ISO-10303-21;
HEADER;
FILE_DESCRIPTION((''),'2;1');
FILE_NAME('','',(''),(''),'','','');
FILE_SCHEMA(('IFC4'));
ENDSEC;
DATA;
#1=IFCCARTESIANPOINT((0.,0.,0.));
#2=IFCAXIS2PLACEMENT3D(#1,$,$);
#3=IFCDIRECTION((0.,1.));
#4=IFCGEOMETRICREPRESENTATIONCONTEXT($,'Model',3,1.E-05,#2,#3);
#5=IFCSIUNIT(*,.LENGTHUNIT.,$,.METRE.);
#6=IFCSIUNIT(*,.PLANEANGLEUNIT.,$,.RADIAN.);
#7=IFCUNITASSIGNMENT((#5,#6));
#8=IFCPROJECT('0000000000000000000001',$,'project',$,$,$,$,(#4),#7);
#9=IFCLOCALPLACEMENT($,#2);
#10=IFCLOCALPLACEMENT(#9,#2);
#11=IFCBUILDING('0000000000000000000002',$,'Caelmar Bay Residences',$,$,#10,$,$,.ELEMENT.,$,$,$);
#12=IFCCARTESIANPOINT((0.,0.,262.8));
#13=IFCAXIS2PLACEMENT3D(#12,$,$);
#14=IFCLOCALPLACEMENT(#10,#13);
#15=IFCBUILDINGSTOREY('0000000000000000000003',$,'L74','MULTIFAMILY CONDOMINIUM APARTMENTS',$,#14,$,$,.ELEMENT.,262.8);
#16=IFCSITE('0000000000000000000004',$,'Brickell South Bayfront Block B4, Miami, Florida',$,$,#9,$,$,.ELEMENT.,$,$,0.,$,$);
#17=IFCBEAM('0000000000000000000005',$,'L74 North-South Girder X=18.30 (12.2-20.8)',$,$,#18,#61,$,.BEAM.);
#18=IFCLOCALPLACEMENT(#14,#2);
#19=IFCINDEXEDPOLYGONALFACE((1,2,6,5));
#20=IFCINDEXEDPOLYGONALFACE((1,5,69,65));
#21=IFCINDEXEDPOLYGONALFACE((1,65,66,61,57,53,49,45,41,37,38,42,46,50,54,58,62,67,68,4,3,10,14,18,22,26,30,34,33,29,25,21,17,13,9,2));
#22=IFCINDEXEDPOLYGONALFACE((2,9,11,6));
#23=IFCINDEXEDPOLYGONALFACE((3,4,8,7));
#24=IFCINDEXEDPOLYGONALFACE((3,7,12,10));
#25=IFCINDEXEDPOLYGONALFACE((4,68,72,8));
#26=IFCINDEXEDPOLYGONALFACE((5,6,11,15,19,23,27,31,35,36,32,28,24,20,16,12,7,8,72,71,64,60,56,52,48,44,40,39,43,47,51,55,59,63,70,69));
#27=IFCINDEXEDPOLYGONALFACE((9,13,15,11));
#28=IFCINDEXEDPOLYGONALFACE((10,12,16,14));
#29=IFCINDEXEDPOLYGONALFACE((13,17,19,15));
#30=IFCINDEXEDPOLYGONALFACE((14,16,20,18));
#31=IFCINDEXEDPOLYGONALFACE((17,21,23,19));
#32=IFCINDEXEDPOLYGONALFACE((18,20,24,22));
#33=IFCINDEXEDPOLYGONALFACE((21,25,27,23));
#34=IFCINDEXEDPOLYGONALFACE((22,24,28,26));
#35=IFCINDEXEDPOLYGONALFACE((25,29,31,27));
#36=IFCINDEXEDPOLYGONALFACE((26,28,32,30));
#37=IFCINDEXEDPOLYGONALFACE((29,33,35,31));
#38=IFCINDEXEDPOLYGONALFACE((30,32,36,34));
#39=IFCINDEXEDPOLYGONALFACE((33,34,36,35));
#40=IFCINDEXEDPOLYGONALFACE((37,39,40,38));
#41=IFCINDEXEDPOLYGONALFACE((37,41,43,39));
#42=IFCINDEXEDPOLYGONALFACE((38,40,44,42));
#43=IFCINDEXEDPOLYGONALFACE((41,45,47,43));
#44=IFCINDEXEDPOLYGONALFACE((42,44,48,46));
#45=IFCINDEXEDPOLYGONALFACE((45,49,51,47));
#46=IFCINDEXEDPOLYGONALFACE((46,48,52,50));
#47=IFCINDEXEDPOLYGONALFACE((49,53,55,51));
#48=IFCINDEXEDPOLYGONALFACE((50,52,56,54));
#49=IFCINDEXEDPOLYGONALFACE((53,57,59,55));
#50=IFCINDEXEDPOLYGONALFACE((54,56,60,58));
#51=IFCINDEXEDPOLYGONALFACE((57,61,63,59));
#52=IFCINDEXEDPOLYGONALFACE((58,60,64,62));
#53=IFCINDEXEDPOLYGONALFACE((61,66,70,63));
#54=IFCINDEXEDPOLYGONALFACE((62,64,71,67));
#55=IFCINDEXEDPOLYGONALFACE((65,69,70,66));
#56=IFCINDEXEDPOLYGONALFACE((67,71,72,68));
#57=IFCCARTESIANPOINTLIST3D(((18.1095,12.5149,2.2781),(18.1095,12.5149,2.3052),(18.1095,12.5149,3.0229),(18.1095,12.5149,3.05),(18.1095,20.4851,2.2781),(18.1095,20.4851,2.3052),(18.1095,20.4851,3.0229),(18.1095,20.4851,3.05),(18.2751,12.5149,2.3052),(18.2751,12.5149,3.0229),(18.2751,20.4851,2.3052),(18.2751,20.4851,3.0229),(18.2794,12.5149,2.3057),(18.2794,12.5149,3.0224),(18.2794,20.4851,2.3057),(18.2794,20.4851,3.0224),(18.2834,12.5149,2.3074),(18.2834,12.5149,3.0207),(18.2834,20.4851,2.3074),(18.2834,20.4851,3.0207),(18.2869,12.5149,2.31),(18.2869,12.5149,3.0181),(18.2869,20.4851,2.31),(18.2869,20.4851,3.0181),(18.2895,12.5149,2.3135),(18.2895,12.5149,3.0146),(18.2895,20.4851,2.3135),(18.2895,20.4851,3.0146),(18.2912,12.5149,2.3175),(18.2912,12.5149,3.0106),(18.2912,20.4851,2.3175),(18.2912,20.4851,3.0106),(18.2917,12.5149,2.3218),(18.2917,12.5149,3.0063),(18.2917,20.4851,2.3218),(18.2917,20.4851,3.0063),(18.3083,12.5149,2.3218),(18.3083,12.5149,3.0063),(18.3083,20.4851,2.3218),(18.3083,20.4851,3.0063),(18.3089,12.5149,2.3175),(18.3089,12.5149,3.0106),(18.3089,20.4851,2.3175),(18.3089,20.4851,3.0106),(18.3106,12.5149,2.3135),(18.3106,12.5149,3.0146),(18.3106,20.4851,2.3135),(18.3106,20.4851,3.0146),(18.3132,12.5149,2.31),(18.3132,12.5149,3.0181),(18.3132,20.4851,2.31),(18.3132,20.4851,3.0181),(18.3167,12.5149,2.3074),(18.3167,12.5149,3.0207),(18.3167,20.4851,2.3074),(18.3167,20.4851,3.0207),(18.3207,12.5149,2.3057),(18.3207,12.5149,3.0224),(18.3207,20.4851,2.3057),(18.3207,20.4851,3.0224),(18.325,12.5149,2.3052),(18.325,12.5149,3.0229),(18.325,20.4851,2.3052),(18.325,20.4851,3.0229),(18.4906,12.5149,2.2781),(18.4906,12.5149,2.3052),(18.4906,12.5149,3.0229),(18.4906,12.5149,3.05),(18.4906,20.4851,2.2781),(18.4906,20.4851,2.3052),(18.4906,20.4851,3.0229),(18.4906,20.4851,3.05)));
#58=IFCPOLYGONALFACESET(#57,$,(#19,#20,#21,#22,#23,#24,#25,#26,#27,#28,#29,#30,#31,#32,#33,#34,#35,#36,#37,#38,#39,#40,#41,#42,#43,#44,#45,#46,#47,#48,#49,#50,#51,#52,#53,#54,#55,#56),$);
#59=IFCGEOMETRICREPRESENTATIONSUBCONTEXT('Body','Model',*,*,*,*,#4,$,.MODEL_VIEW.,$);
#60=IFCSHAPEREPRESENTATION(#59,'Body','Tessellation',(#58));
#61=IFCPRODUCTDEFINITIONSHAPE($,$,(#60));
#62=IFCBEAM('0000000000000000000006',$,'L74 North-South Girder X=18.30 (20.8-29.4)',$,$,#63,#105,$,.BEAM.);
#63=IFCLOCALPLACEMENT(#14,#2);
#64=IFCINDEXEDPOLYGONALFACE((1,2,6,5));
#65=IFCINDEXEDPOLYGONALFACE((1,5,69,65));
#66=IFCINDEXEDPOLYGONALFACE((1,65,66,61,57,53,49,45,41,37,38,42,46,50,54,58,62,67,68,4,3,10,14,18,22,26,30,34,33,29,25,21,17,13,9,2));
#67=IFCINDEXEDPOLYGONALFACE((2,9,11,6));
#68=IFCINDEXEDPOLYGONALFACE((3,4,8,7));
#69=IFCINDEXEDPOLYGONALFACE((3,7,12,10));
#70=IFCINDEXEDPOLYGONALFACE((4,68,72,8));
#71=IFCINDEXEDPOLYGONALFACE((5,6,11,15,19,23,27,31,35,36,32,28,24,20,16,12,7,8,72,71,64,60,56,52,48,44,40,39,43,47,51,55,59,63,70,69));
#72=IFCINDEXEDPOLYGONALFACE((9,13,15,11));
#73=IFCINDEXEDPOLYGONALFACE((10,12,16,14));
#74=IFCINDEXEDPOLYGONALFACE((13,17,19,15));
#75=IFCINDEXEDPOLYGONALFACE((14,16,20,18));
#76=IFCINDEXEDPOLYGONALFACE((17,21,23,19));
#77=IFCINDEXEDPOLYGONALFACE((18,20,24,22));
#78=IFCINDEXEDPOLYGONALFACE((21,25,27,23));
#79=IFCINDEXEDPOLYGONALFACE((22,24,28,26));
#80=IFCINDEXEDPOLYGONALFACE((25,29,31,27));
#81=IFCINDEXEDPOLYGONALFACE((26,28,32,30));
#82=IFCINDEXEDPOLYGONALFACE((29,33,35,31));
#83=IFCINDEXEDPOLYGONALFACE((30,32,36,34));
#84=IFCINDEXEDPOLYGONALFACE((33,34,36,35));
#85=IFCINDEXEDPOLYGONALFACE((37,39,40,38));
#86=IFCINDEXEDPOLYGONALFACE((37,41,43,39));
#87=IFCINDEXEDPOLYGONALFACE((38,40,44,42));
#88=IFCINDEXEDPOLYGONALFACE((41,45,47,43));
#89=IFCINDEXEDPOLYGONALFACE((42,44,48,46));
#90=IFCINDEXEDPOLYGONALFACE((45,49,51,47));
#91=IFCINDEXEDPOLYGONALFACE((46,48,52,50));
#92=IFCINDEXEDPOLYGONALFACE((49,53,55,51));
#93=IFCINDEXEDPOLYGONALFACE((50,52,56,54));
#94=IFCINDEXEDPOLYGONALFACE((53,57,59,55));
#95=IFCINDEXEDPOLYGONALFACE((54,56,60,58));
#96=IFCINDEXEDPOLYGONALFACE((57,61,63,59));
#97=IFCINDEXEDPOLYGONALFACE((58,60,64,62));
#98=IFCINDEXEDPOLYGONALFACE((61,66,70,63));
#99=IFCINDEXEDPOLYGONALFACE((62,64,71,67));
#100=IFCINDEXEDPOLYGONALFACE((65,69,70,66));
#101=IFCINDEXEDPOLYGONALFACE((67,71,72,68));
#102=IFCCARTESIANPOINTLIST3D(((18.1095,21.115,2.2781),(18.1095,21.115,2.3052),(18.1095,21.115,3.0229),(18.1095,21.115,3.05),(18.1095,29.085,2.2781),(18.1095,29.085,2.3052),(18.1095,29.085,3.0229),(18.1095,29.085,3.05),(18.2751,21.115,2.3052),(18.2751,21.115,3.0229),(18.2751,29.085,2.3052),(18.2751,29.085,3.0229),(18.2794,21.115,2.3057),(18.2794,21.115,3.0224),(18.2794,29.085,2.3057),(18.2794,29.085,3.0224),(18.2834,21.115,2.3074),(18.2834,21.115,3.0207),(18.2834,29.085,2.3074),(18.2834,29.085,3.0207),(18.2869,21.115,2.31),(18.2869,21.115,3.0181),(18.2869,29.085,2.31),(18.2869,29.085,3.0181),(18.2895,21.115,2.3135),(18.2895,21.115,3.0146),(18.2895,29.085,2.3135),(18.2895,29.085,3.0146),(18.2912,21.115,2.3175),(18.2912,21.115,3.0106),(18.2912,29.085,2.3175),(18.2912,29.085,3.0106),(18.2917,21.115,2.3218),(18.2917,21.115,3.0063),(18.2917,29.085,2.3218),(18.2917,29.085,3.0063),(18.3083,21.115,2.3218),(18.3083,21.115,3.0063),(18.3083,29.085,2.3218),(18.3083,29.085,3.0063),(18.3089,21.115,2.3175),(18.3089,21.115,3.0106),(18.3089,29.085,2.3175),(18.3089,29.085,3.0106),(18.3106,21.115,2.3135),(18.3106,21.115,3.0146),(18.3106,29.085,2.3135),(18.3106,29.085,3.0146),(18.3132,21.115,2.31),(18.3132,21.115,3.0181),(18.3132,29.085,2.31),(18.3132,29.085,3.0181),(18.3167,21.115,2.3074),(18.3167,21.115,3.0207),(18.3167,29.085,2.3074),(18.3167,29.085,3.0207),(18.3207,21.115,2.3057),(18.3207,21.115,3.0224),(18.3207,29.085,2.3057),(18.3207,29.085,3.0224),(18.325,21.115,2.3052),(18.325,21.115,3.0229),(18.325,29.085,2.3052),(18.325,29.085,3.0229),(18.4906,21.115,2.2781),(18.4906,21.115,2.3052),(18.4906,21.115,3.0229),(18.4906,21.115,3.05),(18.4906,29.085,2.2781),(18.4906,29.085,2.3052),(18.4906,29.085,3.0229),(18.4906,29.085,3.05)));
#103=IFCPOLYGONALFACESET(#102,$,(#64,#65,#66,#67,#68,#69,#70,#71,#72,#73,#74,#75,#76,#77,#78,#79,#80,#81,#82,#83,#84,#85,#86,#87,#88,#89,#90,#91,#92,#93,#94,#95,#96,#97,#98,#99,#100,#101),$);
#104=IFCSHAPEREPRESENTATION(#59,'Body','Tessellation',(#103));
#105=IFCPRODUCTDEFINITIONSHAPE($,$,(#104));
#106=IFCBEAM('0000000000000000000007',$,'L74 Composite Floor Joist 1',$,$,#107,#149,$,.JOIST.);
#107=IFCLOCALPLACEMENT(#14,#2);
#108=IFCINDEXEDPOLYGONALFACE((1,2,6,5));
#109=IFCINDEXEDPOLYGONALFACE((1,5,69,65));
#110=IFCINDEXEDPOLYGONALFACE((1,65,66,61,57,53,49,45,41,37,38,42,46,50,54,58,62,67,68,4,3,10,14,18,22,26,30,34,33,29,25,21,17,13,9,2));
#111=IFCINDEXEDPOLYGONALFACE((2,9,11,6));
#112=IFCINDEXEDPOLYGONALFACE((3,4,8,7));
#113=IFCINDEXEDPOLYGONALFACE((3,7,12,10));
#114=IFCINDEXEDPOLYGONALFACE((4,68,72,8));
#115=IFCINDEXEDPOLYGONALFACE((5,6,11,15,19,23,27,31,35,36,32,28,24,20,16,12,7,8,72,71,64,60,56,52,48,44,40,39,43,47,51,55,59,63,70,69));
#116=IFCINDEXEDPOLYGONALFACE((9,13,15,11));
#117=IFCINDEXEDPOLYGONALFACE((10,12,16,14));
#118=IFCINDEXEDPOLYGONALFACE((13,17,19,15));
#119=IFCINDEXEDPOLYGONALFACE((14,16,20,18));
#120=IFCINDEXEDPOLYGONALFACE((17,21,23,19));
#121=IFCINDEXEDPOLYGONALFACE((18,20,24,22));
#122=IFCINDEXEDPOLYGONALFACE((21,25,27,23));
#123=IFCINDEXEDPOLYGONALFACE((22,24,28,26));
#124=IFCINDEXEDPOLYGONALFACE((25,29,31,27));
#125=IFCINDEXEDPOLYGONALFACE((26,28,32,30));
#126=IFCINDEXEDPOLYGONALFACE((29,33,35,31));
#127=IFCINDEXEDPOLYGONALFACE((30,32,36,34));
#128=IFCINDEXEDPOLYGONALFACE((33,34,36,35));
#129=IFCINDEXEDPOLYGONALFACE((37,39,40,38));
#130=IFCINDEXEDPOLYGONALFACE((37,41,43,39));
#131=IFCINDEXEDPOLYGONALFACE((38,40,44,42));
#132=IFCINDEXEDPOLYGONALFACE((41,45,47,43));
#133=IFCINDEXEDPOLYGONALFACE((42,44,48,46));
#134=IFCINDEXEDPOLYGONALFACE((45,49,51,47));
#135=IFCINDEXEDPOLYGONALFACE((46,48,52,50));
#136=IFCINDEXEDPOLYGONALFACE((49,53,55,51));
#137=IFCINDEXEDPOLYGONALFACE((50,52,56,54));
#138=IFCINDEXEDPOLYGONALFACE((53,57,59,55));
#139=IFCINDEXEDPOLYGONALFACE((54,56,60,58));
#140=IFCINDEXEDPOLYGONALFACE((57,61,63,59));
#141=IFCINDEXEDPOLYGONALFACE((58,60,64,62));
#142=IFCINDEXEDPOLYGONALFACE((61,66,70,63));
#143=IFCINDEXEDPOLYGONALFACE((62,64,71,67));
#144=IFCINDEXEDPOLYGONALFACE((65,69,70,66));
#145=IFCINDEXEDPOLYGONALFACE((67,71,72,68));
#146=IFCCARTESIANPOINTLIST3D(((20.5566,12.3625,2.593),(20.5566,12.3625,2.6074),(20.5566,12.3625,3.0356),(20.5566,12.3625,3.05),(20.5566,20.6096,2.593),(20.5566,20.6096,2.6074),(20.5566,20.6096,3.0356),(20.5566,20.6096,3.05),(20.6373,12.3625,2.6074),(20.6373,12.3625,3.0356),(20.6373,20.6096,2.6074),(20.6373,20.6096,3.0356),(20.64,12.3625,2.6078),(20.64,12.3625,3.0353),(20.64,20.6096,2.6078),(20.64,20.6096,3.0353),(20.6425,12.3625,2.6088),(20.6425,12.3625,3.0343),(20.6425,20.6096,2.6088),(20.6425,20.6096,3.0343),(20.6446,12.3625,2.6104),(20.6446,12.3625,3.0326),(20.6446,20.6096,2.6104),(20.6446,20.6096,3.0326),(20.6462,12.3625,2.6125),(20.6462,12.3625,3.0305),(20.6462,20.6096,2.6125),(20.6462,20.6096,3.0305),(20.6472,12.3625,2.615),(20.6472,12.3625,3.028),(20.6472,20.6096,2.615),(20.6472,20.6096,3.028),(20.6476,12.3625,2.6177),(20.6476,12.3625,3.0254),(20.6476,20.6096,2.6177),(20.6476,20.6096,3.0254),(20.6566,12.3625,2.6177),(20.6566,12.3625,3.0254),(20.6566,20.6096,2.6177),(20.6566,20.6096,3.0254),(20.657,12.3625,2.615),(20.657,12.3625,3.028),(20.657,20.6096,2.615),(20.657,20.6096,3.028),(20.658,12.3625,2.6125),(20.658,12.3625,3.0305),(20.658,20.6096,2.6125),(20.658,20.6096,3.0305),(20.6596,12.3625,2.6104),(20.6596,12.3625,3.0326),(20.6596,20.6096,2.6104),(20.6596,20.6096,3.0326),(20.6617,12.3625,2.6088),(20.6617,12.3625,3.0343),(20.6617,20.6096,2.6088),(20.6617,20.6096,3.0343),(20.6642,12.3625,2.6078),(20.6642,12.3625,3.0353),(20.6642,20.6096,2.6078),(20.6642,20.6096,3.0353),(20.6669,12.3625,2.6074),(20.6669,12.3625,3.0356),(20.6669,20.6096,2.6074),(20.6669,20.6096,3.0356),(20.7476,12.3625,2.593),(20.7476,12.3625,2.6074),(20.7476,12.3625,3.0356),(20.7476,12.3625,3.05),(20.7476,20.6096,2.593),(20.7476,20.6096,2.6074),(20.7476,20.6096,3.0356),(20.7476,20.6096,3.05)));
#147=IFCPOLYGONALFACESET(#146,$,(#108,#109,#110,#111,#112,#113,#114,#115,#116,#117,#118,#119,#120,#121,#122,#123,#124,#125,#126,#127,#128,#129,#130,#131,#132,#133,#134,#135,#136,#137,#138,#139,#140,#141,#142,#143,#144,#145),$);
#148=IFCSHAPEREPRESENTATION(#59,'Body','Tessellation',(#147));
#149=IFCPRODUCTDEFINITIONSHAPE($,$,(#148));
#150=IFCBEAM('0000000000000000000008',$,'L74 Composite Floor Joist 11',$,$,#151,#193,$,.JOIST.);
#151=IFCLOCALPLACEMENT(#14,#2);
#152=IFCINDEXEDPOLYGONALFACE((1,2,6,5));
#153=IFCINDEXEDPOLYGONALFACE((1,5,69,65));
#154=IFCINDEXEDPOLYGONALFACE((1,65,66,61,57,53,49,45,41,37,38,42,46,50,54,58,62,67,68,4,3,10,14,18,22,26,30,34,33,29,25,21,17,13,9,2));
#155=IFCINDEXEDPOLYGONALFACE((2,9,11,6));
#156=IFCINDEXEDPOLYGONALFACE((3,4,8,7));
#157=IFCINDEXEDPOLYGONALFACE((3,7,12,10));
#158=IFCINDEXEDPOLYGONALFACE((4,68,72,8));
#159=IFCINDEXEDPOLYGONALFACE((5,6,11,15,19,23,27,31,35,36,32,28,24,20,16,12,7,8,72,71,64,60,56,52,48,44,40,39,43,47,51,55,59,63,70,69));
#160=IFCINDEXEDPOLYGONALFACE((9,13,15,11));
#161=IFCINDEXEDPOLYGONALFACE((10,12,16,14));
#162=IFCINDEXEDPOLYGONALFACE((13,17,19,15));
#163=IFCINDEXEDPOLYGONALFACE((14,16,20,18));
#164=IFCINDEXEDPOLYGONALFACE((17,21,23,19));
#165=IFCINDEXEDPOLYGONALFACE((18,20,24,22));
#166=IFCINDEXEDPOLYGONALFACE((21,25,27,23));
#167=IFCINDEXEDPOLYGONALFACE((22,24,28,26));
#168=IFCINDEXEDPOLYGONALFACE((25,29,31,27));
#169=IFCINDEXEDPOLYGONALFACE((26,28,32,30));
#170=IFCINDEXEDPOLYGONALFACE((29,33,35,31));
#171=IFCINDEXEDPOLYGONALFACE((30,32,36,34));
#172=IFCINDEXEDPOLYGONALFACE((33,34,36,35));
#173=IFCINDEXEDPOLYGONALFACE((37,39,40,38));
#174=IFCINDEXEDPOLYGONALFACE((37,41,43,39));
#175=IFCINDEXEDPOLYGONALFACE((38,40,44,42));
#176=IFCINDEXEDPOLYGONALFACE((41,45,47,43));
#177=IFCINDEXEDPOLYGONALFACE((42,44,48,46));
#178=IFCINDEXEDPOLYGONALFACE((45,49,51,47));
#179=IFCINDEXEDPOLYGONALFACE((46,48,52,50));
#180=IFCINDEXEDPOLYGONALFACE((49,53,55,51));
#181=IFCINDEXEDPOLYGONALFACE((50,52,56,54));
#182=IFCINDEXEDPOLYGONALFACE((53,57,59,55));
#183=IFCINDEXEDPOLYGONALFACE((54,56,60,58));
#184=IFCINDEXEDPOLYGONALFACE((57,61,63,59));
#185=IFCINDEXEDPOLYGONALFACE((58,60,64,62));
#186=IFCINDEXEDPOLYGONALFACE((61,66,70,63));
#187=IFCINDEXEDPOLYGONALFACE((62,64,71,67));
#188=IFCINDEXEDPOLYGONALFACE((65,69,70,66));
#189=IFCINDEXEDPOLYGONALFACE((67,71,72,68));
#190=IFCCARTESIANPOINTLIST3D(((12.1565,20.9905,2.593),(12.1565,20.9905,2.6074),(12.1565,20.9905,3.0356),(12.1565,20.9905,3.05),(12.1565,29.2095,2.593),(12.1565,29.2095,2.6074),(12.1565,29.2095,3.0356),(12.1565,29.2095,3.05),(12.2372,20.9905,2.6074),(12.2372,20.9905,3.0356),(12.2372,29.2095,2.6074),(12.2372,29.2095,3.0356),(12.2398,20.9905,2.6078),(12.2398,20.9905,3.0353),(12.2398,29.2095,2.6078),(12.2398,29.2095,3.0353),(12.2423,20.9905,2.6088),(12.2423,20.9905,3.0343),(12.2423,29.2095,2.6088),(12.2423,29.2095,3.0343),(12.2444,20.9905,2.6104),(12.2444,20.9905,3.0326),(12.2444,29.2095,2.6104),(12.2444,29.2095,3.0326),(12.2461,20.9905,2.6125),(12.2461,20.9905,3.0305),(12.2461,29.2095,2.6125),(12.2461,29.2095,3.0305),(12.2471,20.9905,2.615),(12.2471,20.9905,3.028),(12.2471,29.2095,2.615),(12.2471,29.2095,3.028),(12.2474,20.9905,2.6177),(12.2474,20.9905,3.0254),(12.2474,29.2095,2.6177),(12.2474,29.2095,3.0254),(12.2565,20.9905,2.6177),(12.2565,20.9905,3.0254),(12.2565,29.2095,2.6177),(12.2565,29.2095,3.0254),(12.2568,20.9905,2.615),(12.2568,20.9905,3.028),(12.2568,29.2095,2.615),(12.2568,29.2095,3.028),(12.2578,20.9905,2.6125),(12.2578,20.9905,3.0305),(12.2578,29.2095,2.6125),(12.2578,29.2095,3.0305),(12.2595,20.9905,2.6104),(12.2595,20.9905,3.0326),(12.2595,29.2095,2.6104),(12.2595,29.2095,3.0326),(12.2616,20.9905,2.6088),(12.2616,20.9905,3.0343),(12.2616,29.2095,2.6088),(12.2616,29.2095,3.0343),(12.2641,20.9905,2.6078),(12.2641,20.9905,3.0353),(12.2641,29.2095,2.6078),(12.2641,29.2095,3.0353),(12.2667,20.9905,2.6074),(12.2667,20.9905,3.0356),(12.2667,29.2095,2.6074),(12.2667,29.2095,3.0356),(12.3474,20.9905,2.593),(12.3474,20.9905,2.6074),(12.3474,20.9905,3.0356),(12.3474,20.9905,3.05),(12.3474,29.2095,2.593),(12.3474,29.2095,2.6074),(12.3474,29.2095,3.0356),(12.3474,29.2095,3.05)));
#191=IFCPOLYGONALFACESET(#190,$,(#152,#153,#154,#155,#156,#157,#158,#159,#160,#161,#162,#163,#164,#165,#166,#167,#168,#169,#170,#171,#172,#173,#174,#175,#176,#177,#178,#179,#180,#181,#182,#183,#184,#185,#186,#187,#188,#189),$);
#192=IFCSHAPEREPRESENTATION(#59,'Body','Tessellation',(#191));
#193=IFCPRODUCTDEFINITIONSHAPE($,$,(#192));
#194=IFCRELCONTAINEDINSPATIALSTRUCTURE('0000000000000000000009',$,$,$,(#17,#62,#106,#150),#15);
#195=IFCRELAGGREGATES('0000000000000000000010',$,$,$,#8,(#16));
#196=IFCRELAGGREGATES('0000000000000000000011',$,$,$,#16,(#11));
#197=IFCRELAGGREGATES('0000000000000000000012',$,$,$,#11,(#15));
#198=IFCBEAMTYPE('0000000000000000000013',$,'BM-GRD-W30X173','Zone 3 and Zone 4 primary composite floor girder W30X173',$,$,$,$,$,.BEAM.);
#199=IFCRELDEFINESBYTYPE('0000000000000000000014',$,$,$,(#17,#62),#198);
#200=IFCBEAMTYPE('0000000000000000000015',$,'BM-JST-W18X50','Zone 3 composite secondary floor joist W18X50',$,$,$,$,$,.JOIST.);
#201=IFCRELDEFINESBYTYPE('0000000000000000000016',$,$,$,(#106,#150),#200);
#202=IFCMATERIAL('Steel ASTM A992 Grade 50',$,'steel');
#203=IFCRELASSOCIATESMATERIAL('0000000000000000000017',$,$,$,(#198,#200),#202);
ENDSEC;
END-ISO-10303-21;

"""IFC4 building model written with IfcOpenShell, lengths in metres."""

from ifc_helpers import new_model, si_unit, direction, frame, origin, origin_2d, place, context, subcontext, project, spatial, i_section, extrude, material, material_profile, profile_set, type_object, element, save


model = new_model("IFC4")

# Units and contexts
model_context = context("Model", 3, precision=1e-05, world=origin(), true_north=direction((0.0, 1.0)))
body_context = subcontext(model_context, "Body", "Model", "MODEL_VIEW")
ifc_project = project(units=[si_unit("LENGTHUNIT", "METRE"), si_unit("PLANEANGLEUNIT", "RADIAN")], contexts=[model_context])

# Site, building, storey
site_placement = place(None, origin())
site = spatial("IfcSite", under=ifc_project, at=site_placement, Name="Brickell South Bayfront Block B4, Miami, Florida", CompositionType="ELEMENT", RefElevation=0.0)
building_placement = place(site_placement, origin())
building = spatial("IfcBuilding", under=site, at=building_placement, Name="Caelmar Bay Residences", CompositionType="ELEMENT")
storey_placement = place(building_placement, frame((0.0, 0.0, 262.8)))
storey = spatial("IfcBuildingStorey", under=building, at=storey_placement, Name="L74", Description="MULTIFAMILY CONDOMINIUM APARTMENTS", CompositionType="ELEMENT", Elevation=262.8)

# Beams
ifc_material_1 = material(Name="Steel ASTM A992 Grade 50", Category="steel")
ifc_material_profile_1 = material_profile(ifc_material_1, i_section(OverallWidth=0.3811, OverallDepth=0.772, WebThickness=0.0166, FlangeThickness=0.0271, FilletRadius=0.0166, at=origin_2d()), Name="W30X173")
ifc_profile_set_1 = profile_set([ifc_material_profile_1], Name="Steel ASTM A992 Grade 50")
beam_type_1 = type_object("IfcBeamType", Name="BM-GRD-W30X173", Description="Zone 3 and Zone 4 primary composite floor girder W30X173", PredefinedType="BEAM", material=ifc_profile_set_1)
beam_1_placement = place(storey_placement, frame((18.3, 12.5149, 2.6641), z_axis=(0.0, 1.0, 0.0), x_axis=(-1.0, 0.0, 0.0)))
element("IfcBeam", 1, at=beam_1_placement, inside=storey, type_object=beam_type_1, Name="L74 North-South Girder X=18.30 (12.2-20.8)", PredefinedType="BEAM", context=body_context, shape_type="SweptSolid", body=[
    extrude(i_section(OverallWidth=0.3811, OverallDepth=0.772, WebThickness=0.0166, FlangeThickness=0.0271, FilletRadius=0.0166, at=origin_2d()), origin(), (0.0, 0.0, 1.0), 7.9702),
])
beam_2_placement = place(storey_placement, frame((18.3, 21.115, 2.6641), z_axis=(0.0, 1.0, 0.0), x_axis=(-1.0, 0.0, 0.0)))
element("IfcBeam", 2, at=beam_2_placement, inside=storey, type_object=beam_type_1, Name="L74 North-South Girder X=18.30 (20.8-29.4)", PredefinedType="BEAM", context=body_context, shape_type="SweptSolid", body=[
    extrude(i_section(OverallWidth=0.3811, OverallDepth=0.772, WebThickness=0.0166, FlangeThickness=0.0271, FilletRadius=0.0166, at=origin_2d()), origin(), (0.0, 0.0, 1.0), 7.97),
])
ifc_material_profile_2 = material_profile(ifc_material_1, i_section(OverallWidth=0.1909, OverallDepth=0.457, WebThickness=0.009, FlangeThickness=0.0144, FilletRadius=0.0103, at=origin_2d()), Name="W18X50")
ifc_profile_set_2 = profile_set([ifc_material_profile_2], Name="Steel ASTM A992 Grade 50")
beam_type_2 = type_object("IfcBeamType", Name="BM-JST-W18X50", Description="Zone 3 composite secondary floor joist W18X50", PredefinedType="JOIST", material=ifc_profile_set_2)
beam_3_placement = place(storey_placement, frame((20.6521, 12.3625, 2.8215), z_axis=(0.0, 1.0, 0.0), x_axis=(-1.0, 0.0, 0.0)))
element("IfcBeam", 3, at=beam_3_placement, inside=storey, type_object=beam_type_2, Name="L74 Composite Floor Joist 1", PredefinedType="JOIST", context=body_context, shape_type="SweptSolid", body=[
    extrude(i_section(OverallWidth=0.1909, OverallDepth=0.457, WebThickness=0.009, FlangeThickness=0.0144, FilletRadius=0.0103, at=origin_2d()), origin(), (0.0, 0.0, 1.0), 8.2471),
])
for number, where, z_axis, x_axis, name in (
    (4, (12.252, 20.9905, 2.8215), (0.0, 1.0, 0.0), (-1.0, 0.0, 0.0), "L74 Composite Floor Joist 11"),
):
    element("IfcBeam", number, at=place(storey_placement, frame(where, z_axis=z_axis, x_axis=x_axis)), inside=storey, type_object=beam_type_2, Name=name, PredefinedType="JOIST", context=body_context, shape_type="SweptSolid", body=[
        extrude(i_section(OverallWidth=0.1909, OverallDepth=0.457, WebThickness=0.009, FlangeThickness=0.0144, FilletRadius=0.0103, at=origin_2d()), origin(), (0.0, 0.0, 1.0), 8.219),
    ])

save(model, "model.ifc")
